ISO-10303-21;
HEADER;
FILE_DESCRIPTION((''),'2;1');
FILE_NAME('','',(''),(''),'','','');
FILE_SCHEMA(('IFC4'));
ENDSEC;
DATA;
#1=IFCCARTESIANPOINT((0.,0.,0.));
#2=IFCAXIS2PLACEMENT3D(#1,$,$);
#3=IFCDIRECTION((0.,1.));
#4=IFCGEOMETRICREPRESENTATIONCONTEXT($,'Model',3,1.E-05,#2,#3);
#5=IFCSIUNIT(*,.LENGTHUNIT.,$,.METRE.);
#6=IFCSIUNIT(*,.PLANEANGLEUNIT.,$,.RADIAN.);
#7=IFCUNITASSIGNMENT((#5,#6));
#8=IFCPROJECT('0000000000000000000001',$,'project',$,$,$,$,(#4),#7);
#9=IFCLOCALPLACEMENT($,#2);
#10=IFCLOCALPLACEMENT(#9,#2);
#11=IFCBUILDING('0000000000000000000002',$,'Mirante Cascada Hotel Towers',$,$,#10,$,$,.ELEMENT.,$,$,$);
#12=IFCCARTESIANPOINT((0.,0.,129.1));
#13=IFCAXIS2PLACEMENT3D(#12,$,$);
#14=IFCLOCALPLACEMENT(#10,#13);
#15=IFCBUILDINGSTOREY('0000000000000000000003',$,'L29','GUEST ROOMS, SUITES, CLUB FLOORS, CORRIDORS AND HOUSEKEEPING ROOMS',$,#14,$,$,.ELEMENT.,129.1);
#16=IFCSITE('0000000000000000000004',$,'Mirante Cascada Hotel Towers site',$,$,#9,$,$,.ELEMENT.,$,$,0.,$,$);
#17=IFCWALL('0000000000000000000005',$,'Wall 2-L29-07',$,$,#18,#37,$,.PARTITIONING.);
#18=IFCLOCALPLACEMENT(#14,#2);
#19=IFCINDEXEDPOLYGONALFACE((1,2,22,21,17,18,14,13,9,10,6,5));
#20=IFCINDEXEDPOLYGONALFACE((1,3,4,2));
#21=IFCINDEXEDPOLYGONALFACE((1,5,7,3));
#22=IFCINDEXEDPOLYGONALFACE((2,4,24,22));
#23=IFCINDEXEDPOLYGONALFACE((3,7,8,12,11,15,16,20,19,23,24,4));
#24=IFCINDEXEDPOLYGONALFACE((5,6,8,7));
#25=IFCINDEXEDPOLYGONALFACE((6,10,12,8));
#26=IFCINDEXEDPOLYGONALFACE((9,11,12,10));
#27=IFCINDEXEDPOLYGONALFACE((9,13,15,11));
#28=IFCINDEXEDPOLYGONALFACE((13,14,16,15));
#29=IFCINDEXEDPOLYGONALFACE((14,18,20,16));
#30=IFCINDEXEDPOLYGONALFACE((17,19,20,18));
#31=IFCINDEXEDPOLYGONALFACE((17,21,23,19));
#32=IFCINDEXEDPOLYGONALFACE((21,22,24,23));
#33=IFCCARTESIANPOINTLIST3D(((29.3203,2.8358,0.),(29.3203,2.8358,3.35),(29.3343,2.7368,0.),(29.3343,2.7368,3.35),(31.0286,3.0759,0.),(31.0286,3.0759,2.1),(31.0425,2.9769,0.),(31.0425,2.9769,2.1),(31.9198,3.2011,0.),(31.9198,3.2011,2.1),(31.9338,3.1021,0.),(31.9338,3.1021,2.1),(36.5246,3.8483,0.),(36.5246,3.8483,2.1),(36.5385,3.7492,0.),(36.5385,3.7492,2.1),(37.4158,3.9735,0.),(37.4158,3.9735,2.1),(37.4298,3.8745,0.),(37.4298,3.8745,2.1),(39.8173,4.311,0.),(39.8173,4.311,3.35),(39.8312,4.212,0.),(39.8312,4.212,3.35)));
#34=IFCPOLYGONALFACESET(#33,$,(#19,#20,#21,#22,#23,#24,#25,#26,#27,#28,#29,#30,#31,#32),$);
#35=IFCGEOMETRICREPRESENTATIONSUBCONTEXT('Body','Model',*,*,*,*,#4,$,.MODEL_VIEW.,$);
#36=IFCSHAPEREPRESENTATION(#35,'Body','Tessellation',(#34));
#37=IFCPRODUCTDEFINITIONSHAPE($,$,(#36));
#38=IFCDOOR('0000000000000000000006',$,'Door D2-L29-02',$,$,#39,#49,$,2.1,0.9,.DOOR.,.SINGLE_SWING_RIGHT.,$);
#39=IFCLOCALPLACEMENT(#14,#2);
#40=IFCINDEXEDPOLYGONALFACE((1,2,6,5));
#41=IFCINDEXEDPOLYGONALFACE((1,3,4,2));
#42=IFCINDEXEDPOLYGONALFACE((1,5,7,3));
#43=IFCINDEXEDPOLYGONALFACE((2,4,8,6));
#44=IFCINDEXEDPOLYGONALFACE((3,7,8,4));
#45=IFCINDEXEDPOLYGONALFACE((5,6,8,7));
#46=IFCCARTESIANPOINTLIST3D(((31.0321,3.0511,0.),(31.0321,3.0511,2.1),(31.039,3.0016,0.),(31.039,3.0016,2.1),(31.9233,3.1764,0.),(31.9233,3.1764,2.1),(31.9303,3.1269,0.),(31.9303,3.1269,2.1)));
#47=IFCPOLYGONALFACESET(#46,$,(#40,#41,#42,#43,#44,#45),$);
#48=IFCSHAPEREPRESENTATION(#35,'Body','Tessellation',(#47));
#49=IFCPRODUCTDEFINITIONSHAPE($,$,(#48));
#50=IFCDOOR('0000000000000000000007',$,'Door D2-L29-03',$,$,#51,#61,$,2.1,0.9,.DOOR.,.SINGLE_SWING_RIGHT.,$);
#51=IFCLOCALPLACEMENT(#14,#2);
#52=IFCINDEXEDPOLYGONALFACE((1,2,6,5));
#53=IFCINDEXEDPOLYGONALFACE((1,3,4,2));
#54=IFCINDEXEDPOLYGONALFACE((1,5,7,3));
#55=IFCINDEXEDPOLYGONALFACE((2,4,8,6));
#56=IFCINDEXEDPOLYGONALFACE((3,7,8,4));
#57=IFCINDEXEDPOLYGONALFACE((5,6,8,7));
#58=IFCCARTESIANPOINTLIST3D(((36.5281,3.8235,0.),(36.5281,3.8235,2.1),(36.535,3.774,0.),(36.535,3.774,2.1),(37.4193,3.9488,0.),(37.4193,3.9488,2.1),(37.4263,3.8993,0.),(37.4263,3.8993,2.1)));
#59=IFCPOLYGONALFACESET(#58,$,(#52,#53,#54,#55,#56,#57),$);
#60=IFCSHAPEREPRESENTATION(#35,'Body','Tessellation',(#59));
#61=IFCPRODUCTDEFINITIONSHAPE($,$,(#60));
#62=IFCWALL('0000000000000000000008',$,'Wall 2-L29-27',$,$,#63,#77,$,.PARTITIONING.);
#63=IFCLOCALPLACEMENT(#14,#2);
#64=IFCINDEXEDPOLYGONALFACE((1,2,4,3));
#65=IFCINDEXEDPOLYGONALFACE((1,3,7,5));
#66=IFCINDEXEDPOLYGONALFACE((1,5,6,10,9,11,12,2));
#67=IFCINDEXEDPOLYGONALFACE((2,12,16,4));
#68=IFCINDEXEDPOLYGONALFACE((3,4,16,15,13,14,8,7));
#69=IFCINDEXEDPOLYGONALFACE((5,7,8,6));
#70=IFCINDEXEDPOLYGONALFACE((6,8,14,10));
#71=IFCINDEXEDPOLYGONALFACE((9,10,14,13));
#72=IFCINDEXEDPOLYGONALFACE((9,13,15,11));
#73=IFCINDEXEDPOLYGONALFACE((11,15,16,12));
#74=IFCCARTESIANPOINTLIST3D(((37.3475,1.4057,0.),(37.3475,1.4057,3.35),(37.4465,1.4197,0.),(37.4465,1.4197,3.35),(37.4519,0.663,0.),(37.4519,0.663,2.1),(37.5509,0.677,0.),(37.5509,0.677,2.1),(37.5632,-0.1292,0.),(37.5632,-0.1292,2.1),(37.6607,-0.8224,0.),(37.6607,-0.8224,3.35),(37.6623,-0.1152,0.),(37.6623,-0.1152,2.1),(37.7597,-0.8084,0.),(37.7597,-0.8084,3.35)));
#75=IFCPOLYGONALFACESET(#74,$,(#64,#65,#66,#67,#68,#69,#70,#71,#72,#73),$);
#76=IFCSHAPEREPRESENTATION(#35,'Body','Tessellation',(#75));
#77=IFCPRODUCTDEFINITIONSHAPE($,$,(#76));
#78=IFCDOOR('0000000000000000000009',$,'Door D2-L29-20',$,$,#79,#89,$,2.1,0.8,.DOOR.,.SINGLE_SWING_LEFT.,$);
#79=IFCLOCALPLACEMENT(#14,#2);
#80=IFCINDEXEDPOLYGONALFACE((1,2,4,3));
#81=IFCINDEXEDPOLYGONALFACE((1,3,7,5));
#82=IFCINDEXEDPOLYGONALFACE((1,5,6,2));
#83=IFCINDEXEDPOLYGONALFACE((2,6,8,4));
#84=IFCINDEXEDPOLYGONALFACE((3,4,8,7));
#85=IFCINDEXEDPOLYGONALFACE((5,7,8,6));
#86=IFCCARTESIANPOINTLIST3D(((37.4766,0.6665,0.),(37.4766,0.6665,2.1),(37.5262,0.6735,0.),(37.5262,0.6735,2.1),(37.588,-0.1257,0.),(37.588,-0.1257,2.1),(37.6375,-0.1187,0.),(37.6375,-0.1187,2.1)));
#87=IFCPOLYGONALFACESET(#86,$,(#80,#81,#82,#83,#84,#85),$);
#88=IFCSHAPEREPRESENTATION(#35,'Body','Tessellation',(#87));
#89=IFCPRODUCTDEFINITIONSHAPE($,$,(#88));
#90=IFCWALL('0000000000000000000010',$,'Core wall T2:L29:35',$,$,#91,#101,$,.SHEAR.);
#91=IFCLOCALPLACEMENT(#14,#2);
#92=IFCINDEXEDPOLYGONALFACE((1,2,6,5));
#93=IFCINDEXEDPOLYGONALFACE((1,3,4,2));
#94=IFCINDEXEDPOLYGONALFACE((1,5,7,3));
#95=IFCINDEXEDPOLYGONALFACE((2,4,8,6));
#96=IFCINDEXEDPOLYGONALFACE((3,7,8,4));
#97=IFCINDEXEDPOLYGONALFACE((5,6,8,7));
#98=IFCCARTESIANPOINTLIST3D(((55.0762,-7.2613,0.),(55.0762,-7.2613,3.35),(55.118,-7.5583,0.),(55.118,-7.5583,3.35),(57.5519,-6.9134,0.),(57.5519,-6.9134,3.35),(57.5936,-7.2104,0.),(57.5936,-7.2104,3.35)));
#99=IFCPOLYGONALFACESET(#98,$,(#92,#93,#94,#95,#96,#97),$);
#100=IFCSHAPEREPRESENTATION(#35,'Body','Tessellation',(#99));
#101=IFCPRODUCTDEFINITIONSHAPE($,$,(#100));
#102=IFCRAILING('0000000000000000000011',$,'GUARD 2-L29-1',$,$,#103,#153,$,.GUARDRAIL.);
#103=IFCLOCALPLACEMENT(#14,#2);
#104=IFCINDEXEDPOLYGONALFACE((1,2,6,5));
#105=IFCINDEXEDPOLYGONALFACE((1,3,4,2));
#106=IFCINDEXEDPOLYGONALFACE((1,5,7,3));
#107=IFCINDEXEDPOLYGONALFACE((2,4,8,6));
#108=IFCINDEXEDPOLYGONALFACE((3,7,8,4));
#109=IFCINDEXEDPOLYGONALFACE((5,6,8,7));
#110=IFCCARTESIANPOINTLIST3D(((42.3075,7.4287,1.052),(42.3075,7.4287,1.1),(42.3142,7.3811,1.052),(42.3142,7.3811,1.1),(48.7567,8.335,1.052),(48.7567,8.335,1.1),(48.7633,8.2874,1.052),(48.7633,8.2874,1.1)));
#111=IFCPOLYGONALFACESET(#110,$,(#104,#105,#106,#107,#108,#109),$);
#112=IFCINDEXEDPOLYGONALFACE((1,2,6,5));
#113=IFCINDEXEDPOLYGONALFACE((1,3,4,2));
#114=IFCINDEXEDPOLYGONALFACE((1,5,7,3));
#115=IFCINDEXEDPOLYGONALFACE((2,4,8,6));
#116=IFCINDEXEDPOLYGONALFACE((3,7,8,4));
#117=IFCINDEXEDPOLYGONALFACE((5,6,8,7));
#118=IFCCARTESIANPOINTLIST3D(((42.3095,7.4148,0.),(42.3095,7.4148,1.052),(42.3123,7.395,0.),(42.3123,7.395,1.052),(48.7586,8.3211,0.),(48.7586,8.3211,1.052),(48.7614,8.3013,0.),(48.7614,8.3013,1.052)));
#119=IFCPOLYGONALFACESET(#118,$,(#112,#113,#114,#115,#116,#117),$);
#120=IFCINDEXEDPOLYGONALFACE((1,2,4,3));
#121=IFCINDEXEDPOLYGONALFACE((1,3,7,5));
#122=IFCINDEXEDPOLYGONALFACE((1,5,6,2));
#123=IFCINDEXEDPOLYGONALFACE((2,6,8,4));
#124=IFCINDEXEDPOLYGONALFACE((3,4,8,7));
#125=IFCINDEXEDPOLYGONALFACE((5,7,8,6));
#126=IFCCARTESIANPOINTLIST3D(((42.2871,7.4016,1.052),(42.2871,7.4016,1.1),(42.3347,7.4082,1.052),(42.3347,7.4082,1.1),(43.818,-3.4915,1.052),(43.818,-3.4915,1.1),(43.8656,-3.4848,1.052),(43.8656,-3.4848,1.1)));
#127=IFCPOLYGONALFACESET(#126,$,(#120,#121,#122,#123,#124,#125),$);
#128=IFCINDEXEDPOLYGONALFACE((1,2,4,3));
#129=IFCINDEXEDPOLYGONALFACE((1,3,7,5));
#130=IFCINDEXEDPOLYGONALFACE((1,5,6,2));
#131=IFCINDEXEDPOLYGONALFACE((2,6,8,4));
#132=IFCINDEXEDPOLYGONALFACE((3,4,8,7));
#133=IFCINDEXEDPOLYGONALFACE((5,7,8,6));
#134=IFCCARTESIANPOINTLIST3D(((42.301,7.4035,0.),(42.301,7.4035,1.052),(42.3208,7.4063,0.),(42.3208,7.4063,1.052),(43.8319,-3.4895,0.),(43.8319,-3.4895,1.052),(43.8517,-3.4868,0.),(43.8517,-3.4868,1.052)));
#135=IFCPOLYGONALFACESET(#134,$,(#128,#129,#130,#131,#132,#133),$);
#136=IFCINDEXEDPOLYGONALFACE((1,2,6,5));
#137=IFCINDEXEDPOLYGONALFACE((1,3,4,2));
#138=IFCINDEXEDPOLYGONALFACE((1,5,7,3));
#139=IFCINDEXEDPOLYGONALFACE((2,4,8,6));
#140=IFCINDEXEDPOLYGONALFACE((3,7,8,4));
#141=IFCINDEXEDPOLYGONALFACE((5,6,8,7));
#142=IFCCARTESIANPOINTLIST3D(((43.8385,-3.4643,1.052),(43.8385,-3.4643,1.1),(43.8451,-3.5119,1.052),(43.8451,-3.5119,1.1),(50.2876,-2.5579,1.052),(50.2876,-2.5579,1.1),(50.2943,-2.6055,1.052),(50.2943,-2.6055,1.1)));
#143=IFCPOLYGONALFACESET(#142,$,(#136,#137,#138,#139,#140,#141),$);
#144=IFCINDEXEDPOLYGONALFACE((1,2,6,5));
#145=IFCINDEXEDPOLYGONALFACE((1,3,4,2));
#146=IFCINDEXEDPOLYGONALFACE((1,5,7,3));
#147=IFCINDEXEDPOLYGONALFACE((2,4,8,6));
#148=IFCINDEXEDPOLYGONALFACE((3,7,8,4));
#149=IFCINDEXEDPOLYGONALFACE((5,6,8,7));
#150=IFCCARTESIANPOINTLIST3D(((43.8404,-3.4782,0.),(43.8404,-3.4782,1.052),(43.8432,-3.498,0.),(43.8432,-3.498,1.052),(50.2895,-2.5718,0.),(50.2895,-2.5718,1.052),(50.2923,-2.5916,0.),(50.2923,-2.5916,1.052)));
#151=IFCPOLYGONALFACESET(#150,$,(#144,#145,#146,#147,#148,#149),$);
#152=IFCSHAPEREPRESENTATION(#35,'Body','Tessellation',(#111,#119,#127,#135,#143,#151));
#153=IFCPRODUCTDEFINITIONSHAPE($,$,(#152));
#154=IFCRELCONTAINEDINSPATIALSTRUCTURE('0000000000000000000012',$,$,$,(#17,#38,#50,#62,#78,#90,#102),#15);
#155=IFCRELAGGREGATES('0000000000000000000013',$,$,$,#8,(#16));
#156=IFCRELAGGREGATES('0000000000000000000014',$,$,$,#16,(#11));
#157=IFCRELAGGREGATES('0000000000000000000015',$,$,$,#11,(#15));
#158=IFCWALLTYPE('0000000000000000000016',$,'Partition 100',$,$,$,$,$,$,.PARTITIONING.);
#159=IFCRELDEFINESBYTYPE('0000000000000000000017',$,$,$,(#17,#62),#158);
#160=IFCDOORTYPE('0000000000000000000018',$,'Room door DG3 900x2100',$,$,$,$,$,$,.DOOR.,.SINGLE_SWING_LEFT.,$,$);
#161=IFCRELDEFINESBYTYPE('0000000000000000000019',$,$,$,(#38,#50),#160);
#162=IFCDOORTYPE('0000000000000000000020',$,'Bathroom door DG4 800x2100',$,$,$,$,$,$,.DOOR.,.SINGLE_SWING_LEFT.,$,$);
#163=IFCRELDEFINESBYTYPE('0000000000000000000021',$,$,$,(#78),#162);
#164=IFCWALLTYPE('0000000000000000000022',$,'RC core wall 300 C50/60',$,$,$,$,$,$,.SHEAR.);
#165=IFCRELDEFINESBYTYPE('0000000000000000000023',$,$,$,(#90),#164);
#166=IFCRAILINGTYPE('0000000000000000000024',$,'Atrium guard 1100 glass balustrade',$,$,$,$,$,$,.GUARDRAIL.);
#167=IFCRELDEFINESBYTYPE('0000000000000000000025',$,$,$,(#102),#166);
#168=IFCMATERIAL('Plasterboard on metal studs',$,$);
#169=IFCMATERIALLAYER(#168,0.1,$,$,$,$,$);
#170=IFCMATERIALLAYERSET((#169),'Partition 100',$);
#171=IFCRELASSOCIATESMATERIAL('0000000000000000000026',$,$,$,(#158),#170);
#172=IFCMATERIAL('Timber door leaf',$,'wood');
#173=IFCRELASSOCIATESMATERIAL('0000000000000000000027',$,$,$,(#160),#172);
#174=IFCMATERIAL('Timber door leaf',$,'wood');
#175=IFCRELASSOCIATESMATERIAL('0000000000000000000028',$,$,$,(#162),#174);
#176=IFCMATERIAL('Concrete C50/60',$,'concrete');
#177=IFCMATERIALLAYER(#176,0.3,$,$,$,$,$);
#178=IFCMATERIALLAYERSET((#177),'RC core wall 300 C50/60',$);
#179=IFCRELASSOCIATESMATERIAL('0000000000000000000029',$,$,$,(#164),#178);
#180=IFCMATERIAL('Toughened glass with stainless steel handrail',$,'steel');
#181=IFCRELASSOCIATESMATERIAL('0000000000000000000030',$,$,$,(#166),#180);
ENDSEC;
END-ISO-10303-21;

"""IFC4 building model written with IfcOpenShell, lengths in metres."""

from ifc_helpers import new_model, si_unit, direction, frame, frame_2d, origin, origin_2d, place, context, subcontext, project, spatial, rectangle, extrude, material, layer, layer_set, type_object, element, fill, save


model = new_model("IFC4")

# Units and contexts
model_context = context("Model", 3, precision=1e-05, world=origin(), true_north=direction((0.0, 1.0)))
body_context = subcontext(model_context, "Body", "Model", "MODEL_VIEW")
ifc_project = project(units=[si_unit("LENGTHUNIT", "METRE"), si_unit("PLANEANGLEUNIT", "RADIAN")], contexts=[model_context])

# Site, building, storey
site_placement = place(None, origin())
site = spatial("IfcSite", under=ifc_project, at=site_placement, Name="Mirante Cascada Hotel Towers site", CompositionType="ELEMENT", RefElevation=0.0)
building_placement = place(site_placement, origin())
building = spatial("IfcBuilding", under=site, at=building_placement, Name="Mirante Cascada Hotel Towers", CompositionType="ELEMENT")
storey_placement = place(building_placement, frame((0.0, 0.0, 129.1)))
storey = spatial("IfcBuildingStorey", under=building, at=storey_placement, Name="L29", Description="GUEST ROOMS, SUITES, CLUB FLOORS, CORRIDORS AND HOUSEKEEPING ROOMS", CompositionType="ELEMENT", Elevation=129.1)

# Wall, openings, doors
ifc_material_1 = material(Name="Plasterboard on metal studs")
ifc_layer_1 = layer(ifc_material_1, 0.1)
ifc_layer_set_1 = layer_set([ifc_layer_1], Name="Partition 100")
wall_type_1 = type_object("IfcWallType", Name="Partition 100", PredefinedType="PARTITIONING", material=ifc_layer_set_1)
wall_1_placement = place(storey_placement, frame((39.8242, 4.2615, 0.0), z_axis=(0.0, 0.0, 1.0), x_axis=(-0.990269, -0.139169, 0.0)))
wall_1 = element("IfcWall", 1, at=wall_1_placement, inside=storey, type_object=wall_type_1, Name="Wall 2-L29-07", PredefinedType="PARTITIONING", context=body_context, shape_type="SweptSolid", body=[
    extrude(rectangle(XDim=10.6001, YDim=0.1, at=frame_2d((5.3, 0.0))), origin(), (0.0, 0.0, 1.0), 3.35),
])
opening_1_placement = place(wall_1_placement, frame((7.975, 0.0, 0.0)))
opening_1 = element("IfcOpeningElement", 2, at=opening_1_placement, cuts=wall_1, PredefinedType="OPENING", context=body_context, shape_type="SweptSolid", body=[
    extrude(rectangle(XDim=0.9, YDim=2.1, at=frame_2d((0.45, 1.05))), frame((0.0, 0.05, 0.0), z_axis=(0.0, -1.0, 0.0), x_axis=(1.0, 0.0, 0.0)), (0.0, 0.0, 1.0), 0.1),
])
opening_2_placement = place(wall_1_placement, frame((2.425, 0.0, 0.0)))
opening_2 = element("IfcOpeningElement", 3, at=opening_2_placement, cuts=wall_1, PredefinedType="OPENING", context=body_context, shape_type="SweptSolid", body=[
    extrude(rectangle(XDim=0.9, YDim=2.1, at=frame_2d((0.45, 1.05))), frame((0.0, 0.05, 0.0), z_axis=(0.0, -1.0, 0.0), x_axis=(1.0, 0.0, 0.0)), (0.0, 0.0, 1.0), 0.1),
])
ifc_material_2 = material(Name="Timber door leaf", Category="wood")
door_type_1 = type_object("IfcDoorType", Name="Room door DG3 900x2100", OperationType="SINGLE_SWING_LEFT", PredefinedType="DOOR", material=ifc_material_2)
door_1_placement = place(opening_1_placement, frame((0.9, 0.0, 0.0), z_axis=(0.0, 0.0, 1.0), x_axis=(-1.0, 0.0, 0.0)))
door_1 = element("IfcDoor", 4, at=door_1_placement, inside=storey, type_object=door_type_1, Name="Door D2-L29-02", OperationType="SINGLE_SWING_RIGHT", OverallHeight=2.1, OverallWidth=0.9, PredefinedType="DOOR", context=body_context, shape_type="SweptSolid", body=[
    extrude(rectangle(XDim=0.9, YDim=2.1, at=frame_2d((0.45, 1.05))), frame((0.0, 0.025, 0.0), z_axis=(0.0, -1.0, 0.0), x_axis=(1.0, 0.0, 0.0)), (0.0, 0.0, 1.0), 0.05),
])
fill(opening_1, door_1)
door_2_placement = place(opening_2_placement, frame((0.9, 0.0, 0.0), z_axis=(0.0, 0.0, 1.0), x_axis=(-1.0, 0.0, 0.0)))
door_2 = element("IfcDoor", 5, at=door_2_placement, inside=storey, type_object=door_type_1, Name="Door D2-L29-03", OperationType="SINGLE_SWING_RIGHT", OverallHeight=2.1, OverallWidth=0.9, PredefinedType="DOOR", context=body_context, shape_type="SweptSolid", body=[
    extrude(rectangle(XDim=0.9, YDim=2.1, at=frame_2d((0.45, 1.05))), frame((0.0, 0.025, 0.0), z_axis=(0.0, -1.0, 0.0), x_axis=(1.0, 0.0, 0.0)), (0.0, 0.0, 1.0), 0.05),
])
fill(opening_2, door_2)

# Wall, opening, door
wall_2_placement = place(storey_placement, frame((37.397, 1.4127, 0.0), z_axis=(0.0, 0.0, 1.0), x_axis=(0.1392, -0.990264, 0.0)))
wall_2 = element("IfcWall", 6, at=wall_2_placement, inside=storey, type_object=wall_type_1, Name="Wall 2-L29-27", PredefinedType="PARTITIONING", context=body_context, shape_type="SweptSolid", body=[
    extrude(rectangle(XDim=2.25, YDim=0.1, at=frame_2d((1.125, 0.0))), origin(), (0.0, 0.0, 1.0), 3.35),
])
opening_3_placement = place(wall_2_placement, frame((0.75, 0.0, 0.0)))
opening_3 = element("IfcOpeningElement", 7, at=opening_3_placement, cuts=wall_2, PredefinedType="OPENING", context=body_context, shape_type="SweptSolid", body=[
    extrude(rectangle(XDim=0.8, YDim=2.1, at=frame_2d((0.4, 1.05))), frame((0.0, 0.05, 0.0), z_axis=(0.0, -1.0, 0.0), x_axis=(1.0, 0.0, 0.0)), (0.0, 0.0, 1.0), 0.1),
])
ifc_material_3 = material(Name="Timber door leaf", Category="wood")
door_type_2 = type_object("IfcDoorType", Name="Bathroom door DG4 800x2100", OperationType="SINGLE_SWING_LEFT", PredefinedType="DOOR", material=ifc_material_3)
door_3_placement = place(opening_3_placement, origin())
door_3 = element("IfcDoor", 8, at=door_3_placement, inside=storey, type_object=door_type_2, Name="Door D2-L29-20", OperationType="SINGLE_SWING_LEFT", OverallHeight=2.1, OverallWidth=0.8, PredefinedType="DOOR", context=body_context, shape_type="SweptSolid", body=[
    extrude(rectangle(XDim=0.8, YDim=2.1, at=frame_2d((0.4, 1.05))), frame((0.0, 0.025, 0.0), z_axis=(0.0, -1.0, 0.0), x_axis=(1.0, 0.0, 0.0)), (0.0, 0.0, 1.0), 0.05),
])
fill(opening_3, door_3)

# Wall
ifc_material_4 = material(Name="Concrete C50/60", Category="concrete")
ifc_layer_2 = layer(ifc_material_4, 0.3)
ifc_layer_set_2 = layer_set([ifc_layer_2], Name="RC core wall 300 C50/60")
wall_type_2 = type_object("IfcWallType", Name="RC core wall 300 C50/60", PredefinedType="SHEAR", material=ifc_layer_set_2)
wall_3_placement = place(storey_placement, frame((55.0971, -7.4098, 0.0), z_axis=(0.0, 0.0, 1.0), x_axis=(0.99027, 0.139159, 0.0)))
element("IfcWall", 9, at=wall_3_placement, inside=storey, type_object=wall_type_2, Name="Core wall T2:L29:35", PredefinedType="SHEAR", context=body_context, shape_type="SweptSolid", body=[
    extrude(rectangle(XDim=2.5, YDim=0.3, at=frame_2d((1.25, 0.0))), origin(), (0.0, 0.0, 1.0), 3.35),
])

# Railing
ifc_material_5 = material(Name="Toughened glass with stainless steel handrail", Category="steel")
railing_type = type_object("IfcRailingType", Name="Atrium guard 1100 glass balustrade", PredefinedType="GUARDRAIL", material=ifc_material_5)
railing_1_placement = place(storey_placement, frame((48.76, 8.3112, 0.0)))
element("IfcRailing", 10, at=railing_1_placement, inside=storey, type_object=railing_type, Name="GUARD 2-L29-1", PredefinedType="GUARDRAIL", context=body_context, shape_type="SweptSolid", body=[
    extrude(rectangle(XDim=0.048, YDim=0.048, at=origin_2d()), frame((0.0, 0.0, 1.076), z_axis=(-0.990269, -0.139164, 0.0), x_axis=(0.139164, -0.990269, 0.0)), (0.0, 0.0, 1.0), 6.5125),
    extrude(rectangle(XDim=0.02, YDim=1.052, at=origin_2d()), frame((0.0, 0.0, 0.526), z_axis=(-0.990269, -0.139164, 0.0), x_axis=(0.139164, -0.990269, 0.0)), (0.0, 0.0, 1.0), 6.5125),
    extrude(rectangle(XDim=0.048, YDim=0.048, at=origin_2d()), frame((-6.4491, -0.9063, 1.076), z_axis=(0.139172, -0.990268, 0.0), x_axis=(0.990268, 0.139172, 0.0)), (0.0, 0.0, 1.0), 11.0001),
    extrude(rectangle(XDim=0.02, YDim=1.052, at=origin_2d()), frame((-6.4491, -0.9063, 0.526), z_axis=(0.139172, -0.990268, 0.0), x_axis=(0.990268, 0.139172, 0.0)), (0.0, 0.0, 1.0), 11.0001),
    extrude(rectangle(XDim=0.048, YDim=0.048, at=origin_2d()), frame((-4.9182, -11.7993, 1.076), z_axis=(0.990267, 0.139179, 0.0), x_axis=(-0.139179, 0.990267, 0.0)), (0.0, 0.0, 1.0), 6.5125),
    extrude(rectangle(XDim=0.02, YDim=1.052, at=origin_2d()), frame((-4.9182, -11.7993, 0.526), z_axis=(0.990267, 0.139179, 0.0), x_axis=(-0.139179, 0.990267, 0.0)), (0.0, 0.0, 1.0), 6.5125),
])

save(model, "model.ifc")
